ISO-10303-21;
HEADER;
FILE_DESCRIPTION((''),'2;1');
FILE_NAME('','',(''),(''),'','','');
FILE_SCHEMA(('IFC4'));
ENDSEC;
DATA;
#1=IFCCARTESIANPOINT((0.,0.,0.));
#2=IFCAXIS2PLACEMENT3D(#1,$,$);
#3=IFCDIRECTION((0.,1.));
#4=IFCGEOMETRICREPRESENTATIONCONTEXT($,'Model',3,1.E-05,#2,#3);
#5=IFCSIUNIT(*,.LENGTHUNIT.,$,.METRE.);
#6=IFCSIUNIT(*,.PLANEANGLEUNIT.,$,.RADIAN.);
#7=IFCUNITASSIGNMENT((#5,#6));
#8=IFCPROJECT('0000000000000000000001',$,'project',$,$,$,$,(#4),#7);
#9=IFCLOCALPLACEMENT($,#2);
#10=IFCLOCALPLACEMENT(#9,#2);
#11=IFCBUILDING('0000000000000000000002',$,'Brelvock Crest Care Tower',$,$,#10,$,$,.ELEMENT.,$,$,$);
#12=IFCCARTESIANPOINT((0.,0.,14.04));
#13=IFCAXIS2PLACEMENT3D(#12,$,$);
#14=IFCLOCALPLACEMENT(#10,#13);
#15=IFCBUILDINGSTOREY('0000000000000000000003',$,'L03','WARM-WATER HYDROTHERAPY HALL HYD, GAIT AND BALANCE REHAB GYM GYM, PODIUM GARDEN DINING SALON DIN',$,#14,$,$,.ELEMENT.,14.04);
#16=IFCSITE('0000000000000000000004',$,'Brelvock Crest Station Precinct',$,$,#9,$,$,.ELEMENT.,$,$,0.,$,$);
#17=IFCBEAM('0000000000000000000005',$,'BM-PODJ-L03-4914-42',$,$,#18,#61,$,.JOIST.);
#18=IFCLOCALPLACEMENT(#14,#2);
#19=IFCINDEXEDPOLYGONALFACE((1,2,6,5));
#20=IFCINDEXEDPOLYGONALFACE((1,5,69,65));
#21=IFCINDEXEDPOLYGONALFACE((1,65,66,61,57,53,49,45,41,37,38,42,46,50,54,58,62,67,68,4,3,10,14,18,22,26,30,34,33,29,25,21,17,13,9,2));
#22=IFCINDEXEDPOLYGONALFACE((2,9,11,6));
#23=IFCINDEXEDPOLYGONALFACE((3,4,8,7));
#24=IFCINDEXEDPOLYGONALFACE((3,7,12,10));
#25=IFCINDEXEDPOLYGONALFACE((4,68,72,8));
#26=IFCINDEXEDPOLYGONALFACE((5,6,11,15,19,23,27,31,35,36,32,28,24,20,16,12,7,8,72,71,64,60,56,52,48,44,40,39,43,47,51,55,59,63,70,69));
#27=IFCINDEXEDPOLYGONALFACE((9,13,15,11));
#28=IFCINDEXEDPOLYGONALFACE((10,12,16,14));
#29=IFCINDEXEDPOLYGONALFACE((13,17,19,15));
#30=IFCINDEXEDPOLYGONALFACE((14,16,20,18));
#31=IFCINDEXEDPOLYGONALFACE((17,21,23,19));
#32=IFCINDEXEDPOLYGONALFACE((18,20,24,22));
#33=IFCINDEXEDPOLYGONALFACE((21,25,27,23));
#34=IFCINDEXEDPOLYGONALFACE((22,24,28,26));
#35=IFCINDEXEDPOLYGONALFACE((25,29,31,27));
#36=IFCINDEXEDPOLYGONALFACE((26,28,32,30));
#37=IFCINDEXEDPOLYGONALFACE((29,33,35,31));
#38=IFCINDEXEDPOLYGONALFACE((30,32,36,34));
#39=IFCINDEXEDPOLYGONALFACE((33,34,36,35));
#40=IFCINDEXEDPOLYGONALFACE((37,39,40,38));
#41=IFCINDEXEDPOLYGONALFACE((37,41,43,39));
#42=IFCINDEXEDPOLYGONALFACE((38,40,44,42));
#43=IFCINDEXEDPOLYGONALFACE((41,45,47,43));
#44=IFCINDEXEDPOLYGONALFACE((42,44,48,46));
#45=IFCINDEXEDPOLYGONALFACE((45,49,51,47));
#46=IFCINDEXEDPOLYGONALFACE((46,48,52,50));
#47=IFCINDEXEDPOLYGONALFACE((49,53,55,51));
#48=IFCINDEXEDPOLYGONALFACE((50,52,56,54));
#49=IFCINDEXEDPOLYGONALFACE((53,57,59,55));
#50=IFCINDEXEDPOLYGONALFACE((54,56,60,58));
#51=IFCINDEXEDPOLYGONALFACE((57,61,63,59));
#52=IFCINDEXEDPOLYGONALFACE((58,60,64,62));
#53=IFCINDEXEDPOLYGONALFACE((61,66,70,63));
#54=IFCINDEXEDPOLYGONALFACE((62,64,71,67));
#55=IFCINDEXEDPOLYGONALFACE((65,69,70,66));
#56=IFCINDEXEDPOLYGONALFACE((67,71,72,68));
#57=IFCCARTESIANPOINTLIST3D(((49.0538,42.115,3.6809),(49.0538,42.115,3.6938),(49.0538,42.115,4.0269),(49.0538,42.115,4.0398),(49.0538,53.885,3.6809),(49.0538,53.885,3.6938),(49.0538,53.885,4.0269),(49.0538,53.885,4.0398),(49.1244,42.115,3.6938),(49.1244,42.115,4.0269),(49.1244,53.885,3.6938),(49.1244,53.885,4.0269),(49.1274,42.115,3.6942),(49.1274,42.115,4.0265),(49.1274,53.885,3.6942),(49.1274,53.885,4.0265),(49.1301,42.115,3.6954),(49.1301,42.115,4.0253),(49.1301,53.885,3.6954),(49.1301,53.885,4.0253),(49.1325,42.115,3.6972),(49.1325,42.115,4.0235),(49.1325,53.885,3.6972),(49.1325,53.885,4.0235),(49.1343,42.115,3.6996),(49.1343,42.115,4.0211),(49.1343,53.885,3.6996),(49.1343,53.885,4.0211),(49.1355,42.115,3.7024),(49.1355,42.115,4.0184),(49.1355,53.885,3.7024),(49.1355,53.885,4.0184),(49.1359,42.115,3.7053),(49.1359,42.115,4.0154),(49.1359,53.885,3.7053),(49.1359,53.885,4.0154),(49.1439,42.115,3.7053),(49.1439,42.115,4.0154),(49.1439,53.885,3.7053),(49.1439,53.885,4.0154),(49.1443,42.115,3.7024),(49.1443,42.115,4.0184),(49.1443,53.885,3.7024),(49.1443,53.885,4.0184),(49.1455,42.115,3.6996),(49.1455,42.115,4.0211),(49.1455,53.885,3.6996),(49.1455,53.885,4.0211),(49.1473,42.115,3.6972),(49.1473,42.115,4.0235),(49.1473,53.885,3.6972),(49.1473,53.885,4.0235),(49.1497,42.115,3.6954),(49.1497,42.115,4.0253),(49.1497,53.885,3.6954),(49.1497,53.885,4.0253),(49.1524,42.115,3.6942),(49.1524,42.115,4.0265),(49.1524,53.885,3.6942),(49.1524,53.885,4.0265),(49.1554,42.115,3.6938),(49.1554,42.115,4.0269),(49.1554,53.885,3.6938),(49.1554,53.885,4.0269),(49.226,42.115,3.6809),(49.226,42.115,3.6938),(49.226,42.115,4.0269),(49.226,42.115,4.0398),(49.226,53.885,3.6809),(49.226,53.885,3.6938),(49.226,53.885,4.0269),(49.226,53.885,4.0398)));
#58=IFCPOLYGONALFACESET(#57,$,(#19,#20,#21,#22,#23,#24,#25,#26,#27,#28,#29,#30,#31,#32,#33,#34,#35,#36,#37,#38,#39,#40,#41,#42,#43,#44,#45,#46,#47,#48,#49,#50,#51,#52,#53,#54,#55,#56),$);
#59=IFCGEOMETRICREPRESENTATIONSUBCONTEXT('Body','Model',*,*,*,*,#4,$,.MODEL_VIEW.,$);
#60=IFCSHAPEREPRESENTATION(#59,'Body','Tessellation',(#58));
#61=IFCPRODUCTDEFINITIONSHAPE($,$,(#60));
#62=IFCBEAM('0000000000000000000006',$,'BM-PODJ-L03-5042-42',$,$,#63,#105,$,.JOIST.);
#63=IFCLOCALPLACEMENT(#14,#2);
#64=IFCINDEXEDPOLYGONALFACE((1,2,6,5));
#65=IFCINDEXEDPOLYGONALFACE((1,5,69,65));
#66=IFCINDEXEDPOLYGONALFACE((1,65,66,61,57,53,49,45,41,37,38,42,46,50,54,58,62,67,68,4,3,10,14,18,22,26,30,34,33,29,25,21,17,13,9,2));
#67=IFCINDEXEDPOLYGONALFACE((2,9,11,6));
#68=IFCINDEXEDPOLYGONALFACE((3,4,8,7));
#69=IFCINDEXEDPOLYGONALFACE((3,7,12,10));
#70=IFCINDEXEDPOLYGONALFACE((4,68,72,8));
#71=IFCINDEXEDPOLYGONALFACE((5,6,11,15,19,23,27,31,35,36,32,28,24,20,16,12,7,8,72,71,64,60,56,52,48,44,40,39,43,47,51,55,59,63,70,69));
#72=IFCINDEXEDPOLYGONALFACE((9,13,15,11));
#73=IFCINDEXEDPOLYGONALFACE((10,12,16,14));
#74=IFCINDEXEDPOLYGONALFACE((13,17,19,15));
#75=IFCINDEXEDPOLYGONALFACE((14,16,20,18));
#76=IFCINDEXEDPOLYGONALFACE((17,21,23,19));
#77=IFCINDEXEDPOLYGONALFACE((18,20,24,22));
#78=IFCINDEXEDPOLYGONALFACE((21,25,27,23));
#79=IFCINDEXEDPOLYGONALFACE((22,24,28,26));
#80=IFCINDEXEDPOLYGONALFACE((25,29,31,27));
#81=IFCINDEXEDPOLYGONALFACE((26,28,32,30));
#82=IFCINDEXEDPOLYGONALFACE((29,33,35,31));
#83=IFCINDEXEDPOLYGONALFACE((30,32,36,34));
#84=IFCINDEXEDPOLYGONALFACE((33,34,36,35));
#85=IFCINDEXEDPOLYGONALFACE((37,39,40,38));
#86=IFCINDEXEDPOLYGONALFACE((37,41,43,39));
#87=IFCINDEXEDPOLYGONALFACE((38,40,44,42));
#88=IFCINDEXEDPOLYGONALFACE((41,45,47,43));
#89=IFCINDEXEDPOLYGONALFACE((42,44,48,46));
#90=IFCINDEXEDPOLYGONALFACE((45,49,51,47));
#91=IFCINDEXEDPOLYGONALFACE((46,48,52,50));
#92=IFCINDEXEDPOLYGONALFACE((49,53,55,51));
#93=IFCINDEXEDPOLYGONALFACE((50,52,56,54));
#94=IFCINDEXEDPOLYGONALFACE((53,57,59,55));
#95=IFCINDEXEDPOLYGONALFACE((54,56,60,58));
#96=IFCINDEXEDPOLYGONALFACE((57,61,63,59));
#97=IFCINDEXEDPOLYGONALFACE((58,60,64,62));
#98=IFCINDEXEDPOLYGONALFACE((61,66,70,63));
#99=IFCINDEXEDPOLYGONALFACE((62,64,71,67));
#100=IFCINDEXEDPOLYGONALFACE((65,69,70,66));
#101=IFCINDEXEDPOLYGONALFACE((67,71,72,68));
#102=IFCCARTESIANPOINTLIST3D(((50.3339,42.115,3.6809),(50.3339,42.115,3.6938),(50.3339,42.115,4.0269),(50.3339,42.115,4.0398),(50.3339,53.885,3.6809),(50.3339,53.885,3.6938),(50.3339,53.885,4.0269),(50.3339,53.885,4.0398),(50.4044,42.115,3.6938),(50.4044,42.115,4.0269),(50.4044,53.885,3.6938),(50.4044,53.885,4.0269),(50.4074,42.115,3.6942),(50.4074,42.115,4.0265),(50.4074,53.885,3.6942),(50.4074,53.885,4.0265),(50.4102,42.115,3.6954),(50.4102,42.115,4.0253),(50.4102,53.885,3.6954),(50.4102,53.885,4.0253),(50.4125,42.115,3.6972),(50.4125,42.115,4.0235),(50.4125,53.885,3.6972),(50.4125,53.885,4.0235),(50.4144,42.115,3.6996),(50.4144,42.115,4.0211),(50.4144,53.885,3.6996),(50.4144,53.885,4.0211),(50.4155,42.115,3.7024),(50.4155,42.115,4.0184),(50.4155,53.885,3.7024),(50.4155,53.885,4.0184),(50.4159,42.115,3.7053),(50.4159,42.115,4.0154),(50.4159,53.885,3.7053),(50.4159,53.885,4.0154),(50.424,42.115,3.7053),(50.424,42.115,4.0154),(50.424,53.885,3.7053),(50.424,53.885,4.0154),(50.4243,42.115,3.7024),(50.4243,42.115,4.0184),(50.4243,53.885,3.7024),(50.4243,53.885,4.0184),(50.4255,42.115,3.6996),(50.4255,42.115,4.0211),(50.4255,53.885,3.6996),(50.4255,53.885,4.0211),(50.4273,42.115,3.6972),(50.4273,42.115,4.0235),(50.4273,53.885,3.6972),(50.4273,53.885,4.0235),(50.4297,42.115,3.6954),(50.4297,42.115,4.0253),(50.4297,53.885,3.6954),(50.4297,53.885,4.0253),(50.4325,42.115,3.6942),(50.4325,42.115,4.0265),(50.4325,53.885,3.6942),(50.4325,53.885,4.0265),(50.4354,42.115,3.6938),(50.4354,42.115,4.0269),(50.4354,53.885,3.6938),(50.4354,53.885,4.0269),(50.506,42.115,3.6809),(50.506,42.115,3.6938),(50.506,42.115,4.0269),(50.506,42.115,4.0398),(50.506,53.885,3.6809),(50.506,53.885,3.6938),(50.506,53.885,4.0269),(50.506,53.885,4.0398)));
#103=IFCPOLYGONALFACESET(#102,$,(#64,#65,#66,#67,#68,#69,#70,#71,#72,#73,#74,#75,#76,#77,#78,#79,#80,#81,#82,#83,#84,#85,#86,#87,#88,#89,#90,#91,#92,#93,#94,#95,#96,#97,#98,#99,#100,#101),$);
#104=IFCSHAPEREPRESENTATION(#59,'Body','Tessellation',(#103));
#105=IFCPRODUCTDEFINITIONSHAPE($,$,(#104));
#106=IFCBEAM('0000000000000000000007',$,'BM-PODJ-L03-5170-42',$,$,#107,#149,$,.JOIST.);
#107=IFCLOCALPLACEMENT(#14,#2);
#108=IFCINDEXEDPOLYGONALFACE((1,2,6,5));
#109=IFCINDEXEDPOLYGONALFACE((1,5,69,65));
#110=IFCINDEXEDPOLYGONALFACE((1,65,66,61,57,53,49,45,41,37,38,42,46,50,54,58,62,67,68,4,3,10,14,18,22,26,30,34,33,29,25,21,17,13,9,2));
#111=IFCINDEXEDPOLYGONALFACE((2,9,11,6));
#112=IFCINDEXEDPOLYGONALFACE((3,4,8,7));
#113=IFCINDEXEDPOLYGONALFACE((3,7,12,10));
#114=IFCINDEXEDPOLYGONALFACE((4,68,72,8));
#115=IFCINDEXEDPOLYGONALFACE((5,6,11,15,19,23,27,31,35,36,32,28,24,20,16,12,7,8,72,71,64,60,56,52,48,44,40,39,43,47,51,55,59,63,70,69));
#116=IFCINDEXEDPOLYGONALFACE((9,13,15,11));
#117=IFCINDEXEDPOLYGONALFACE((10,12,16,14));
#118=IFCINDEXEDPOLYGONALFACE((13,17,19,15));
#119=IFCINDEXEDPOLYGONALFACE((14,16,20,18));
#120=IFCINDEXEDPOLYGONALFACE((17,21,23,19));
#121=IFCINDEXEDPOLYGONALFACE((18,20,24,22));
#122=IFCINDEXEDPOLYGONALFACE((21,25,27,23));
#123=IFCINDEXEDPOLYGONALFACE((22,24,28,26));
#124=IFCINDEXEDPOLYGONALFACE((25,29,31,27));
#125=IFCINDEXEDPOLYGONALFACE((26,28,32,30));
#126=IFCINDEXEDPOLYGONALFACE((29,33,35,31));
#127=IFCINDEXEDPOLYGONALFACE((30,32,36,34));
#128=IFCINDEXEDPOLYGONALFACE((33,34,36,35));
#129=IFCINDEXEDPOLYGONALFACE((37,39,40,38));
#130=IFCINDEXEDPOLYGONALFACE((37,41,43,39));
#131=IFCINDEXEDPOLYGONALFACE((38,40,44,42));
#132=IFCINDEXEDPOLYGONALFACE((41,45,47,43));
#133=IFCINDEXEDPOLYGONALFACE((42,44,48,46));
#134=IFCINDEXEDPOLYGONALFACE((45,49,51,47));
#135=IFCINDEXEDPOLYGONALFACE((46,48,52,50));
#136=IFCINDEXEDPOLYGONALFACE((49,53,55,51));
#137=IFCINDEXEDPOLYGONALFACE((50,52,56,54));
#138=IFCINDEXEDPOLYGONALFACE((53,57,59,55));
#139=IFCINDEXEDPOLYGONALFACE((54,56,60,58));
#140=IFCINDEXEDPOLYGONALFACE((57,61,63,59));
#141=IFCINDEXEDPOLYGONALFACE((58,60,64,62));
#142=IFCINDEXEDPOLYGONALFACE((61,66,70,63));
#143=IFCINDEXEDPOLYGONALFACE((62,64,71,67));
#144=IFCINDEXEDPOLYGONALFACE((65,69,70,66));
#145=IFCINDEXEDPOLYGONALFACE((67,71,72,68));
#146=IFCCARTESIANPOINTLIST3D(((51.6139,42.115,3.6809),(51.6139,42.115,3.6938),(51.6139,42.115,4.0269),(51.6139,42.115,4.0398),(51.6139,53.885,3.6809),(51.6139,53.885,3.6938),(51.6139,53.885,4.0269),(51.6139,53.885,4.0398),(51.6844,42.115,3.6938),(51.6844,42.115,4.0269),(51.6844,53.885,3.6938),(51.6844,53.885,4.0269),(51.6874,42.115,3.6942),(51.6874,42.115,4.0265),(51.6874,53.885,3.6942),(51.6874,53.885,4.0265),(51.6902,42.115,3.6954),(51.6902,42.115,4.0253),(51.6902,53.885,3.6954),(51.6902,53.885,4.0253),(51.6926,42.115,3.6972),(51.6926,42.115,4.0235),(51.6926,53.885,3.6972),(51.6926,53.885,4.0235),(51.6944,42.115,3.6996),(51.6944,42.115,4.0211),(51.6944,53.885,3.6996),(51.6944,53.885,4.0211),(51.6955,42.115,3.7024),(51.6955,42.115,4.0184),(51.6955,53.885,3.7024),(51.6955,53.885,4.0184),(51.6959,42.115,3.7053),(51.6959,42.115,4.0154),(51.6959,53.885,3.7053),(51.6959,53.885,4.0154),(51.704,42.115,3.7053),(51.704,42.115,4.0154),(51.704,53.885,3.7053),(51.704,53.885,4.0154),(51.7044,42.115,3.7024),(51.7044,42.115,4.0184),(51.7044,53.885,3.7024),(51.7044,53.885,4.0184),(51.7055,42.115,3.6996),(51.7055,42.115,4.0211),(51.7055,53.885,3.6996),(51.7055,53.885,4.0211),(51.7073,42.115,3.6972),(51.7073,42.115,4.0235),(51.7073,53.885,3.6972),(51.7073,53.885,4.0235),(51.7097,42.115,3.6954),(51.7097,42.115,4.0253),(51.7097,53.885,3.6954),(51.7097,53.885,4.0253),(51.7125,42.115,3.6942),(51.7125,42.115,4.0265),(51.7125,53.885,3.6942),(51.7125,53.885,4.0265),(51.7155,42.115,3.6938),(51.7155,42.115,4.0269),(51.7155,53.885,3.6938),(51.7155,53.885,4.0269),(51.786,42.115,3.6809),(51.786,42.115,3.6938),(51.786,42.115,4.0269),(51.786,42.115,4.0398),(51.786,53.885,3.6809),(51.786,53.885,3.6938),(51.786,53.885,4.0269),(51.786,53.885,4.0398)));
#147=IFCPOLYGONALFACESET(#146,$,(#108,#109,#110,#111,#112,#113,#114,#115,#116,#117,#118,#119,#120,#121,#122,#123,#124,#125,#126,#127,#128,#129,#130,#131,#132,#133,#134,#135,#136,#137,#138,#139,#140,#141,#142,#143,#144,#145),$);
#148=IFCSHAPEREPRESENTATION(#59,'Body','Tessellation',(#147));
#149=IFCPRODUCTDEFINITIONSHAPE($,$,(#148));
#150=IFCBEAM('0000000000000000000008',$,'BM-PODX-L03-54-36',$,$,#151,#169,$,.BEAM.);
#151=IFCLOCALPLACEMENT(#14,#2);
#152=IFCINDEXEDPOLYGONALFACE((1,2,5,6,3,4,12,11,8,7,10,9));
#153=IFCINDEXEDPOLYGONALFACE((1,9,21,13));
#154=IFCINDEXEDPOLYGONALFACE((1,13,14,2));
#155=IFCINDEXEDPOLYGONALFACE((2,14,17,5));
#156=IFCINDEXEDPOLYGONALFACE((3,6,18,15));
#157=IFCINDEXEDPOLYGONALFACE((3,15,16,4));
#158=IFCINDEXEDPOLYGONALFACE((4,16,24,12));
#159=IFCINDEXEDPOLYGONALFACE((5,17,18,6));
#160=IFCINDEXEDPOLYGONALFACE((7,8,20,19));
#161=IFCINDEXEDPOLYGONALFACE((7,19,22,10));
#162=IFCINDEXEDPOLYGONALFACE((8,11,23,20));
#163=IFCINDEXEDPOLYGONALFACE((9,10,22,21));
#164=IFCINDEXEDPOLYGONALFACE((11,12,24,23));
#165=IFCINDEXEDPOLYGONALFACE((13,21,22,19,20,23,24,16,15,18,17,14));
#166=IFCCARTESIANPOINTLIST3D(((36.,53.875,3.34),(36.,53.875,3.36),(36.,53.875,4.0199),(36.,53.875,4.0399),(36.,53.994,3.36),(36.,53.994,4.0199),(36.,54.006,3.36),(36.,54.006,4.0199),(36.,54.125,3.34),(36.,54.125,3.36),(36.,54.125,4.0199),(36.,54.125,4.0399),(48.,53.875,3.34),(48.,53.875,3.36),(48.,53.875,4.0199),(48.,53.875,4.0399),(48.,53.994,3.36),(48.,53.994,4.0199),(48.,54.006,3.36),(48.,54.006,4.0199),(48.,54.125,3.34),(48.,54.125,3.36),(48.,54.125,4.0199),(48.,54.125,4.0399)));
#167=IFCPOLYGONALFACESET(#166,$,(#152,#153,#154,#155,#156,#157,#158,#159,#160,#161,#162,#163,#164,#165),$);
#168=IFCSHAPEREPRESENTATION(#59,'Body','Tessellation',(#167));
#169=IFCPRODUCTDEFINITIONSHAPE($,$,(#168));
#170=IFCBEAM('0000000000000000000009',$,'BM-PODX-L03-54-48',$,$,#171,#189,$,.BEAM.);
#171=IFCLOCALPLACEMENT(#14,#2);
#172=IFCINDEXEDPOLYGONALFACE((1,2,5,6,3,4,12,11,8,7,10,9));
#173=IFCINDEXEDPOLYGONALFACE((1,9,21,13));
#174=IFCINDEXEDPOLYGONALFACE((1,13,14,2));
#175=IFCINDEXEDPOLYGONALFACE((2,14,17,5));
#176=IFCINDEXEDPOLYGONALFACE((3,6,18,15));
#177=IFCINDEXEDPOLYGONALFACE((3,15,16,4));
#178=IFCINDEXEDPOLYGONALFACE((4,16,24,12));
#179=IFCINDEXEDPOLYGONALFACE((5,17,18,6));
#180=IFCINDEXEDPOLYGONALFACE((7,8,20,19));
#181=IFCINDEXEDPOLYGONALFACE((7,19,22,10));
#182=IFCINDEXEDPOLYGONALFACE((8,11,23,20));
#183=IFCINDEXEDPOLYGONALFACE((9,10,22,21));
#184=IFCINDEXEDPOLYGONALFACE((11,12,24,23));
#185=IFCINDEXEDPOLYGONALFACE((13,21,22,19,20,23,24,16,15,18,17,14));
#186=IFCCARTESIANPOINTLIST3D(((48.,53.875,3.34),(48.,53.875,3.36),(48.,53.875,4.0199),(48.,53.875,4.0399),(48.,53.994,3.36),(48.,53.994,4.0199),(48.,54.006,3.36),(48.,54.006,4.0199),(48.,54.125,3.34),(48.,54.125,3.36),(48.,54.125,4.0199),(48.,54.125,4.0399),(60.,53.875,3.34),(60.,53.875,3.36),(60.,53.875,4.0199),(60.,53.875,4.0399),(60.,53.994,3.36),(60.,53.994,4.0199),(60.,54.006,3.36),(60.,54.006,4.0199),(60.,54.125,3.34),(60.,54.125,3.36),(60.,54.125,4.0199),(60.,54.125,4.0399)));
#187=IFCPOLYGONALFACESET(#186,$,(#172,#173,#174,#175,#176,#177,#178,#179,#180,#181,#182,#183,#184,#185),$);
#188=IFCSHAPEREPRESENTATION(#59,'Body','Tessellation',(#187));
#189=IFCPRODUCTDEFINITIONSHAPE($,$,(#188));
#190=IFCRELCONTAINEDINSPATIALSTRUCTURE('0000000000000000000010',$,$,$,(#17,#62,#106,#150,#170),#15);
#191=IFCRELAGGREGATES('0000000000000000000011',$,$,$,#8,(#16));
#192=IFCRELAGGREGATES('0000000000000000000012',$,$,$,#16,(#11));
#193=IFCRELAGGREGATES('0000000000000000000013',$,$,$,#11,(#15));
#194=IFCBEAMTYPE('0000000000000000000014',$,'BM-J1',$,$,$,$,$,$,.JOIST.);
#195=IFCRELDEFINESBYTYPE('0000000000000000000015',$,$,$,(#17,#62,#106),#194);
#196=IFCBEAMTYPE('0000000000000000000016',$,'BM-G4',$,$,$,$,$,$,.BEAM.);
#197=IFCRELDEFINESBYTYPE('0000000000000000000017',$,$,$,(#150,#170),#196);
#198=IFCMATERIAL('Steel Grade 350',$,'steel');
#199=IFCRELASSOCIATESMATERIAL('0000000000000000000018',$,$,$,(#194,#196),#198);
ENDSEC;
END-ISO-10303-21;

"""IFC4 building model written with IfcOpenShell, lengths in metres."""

from ifc_helpers import new_model, si_unit, direction, frame, origin, origin_2d, place, context, subcontext, project, spatial, i_section, extrude, source, transform, mapped, material, material_profile, profile_set, type_object, element, save


model = new_model("IFC4")

# Units and contexts
model_context = context("Model", 3, precision=1e-05, world=origin(), true_north=direction((0.0, 1.0)))
body_context = subcontext(model_context, "Body", "Model", "MODEL_VIEW")
ifc_project = project(units=[si_unit("LENGTHUNIT", "METRE"), si_unit("PLANEANGLEUNIT", "RADIAN")], contexts=[model_context])

# Site, building, storey
site_placement = place(None, origin())
site = spatial("IfcSite", under=ifc_project, at=site_placement, Name="Brelvock Crest Station Precinct", CompositionType="ELEMENT", RefElevation=0.0)
building_placement = place(site_placement, origin())
building = spatial("IfcBuilding", under=site, at=building_placement, Name="Brelvock Crest Care Tower", CompositionType="ELEMENT")
storey_placement = place(building_placement, frame((0.0, 0.0, 14.04)))
storey = spatial("IfcBuildingStorey", under=building, at=storey_placement, Name="L03", Description="WARM-WATER HYDROTHERAPY HALL HYD, GAIT AND BALANCE REHAB GYM GYM, PODIUM GARDEN DINING SALON DIN", CompositionType="ELEMENT", Elevation=14.04)

# Shared definitions
ifc_material_1 = material(Name="Steel Grade 350", Category="steel")

# Beams
ifc_material_profile_1 = material_profile(ifc_material_1, i_section(OverallWidth=0.1721, OverallDepth=0.3589, WebThickness=0.0081, FlangeThickness=0.0129, FilletRadius=0.0115, at=origin_2d()), Name="360UB56.7")
ifc_profile_set_1 = profile_set([ifc_material_profile_1], Name="Steel Grade 350")
beam_type_1 = type_object("IfcBeamType", Name="BM-J1", PredefinedType="JOIST", material=ifc_profile_set_1)
shared_shape_1 = source(origin(), body_context, "Body", "SweptSolid", [
    extrude(i_section(OverallWidth=0.1721, OverallDepth=0.3589, WebThickness=0.0081, FlangeThickness=0.0129, FilletRadius=0.0115, at=origin_2d()), origin(), (0.0, 0.0, 1.0), 11.77),
])
for number, where, z_axis, x_axis, name in (
    (1, (49.1399, 42.115, 3.8604), (0.0, 1.0, 0.0), (-1.0, 0.0, 0.0), "BM-PODJ-L03-4914-42"),
    (2, (50.4199, 42.115, 3.8604), (0.0, 1.0, 0.0), (-1.0, 0.0, 0.0), "BM-PODJ-L03-5042-42"),
    (3, (51.7, 42.115, 3.8604), (0.0, 1.0, 0.0), (-1.0, 0.0, 0.0), "BM-PODJ-L03-5170-42"),
):
    element("IfcBeam", number, at=place(storey_placement, frame(where, z_axis=z_axis, x_axis=x_axis)), inside=storey, type_object=beam_type_1, Name=name, PredefinedType="JOIST", context=body_context, shape_type="MappedRepresentation", body=[
        mapped(shared_shape_1, transform((0.0, 0.0, 0.0), x_axis=(1.0, 0.0, 0.0), y_axis=(0.0, 1.0, 0.0), z_axis=(0.0, 0.0, 1.0), scale=1.0)),
    ])
ifc_material_profile_2 = material_profile(ifc_material_1, i_section(OverallWidth=0.25, OverallDepth=0.7, WebThickness=0.012, FlangeThickness=0.02, at=origin_2d()), Name="700WB150")
ifc_profile_set_2 = profile_set([ifc_material_profile_2], Name="Steel Grade 350")
beam_type_2 = type_object("IfcBeamType", Name="BM-G4", PredefinedType="BEAM", material=ifc_profile_set_2)
shared_shape_2 = source(origin(), body_context, "Body", "SweptSolid", [
    extrude(i_section(OverallWidth=0.25, OverallDepth=0.7, WebThickness=0.012, FlangeThickness=0.02, at=origin_2d()), origin(), (0.0, 0.0, 1.0), 12.0),
])
for number, where, z_axis, x_axis, name in (
    (4, (36.0, 54.0, 3.6899), (1.0, 0.0, 0.0), (0.0, 1.0, 0.0), "BM-PODX-L03-54-36"),
    (5, (48.0, 54.0, 3.6899), (1.0, 0.0, 0.0), (0.0, 1.0, 0.0), "BM-PODX-L03-54-48"),
):
    element("IfcBeam", number, at=place(storey_placement, frame(where, z_axis=z_axis, x_axis=x_axis)), inside=storey, type_object=beam_type_2, Name=name, PredefinedType="BEAM", context=body_context, shape_type="MappedRepresentation", body=[
        mapped(shared_shape_2, transform((0.0, 0.0, 0.0), x_axis=(1.0, 0.0, 0.0), y_axis=(0.0, 1.0, 0.0), z_axis=(0.0, 0.0, 1.0), scale=1.0)),
    ])

save(model, "model.ifc")
